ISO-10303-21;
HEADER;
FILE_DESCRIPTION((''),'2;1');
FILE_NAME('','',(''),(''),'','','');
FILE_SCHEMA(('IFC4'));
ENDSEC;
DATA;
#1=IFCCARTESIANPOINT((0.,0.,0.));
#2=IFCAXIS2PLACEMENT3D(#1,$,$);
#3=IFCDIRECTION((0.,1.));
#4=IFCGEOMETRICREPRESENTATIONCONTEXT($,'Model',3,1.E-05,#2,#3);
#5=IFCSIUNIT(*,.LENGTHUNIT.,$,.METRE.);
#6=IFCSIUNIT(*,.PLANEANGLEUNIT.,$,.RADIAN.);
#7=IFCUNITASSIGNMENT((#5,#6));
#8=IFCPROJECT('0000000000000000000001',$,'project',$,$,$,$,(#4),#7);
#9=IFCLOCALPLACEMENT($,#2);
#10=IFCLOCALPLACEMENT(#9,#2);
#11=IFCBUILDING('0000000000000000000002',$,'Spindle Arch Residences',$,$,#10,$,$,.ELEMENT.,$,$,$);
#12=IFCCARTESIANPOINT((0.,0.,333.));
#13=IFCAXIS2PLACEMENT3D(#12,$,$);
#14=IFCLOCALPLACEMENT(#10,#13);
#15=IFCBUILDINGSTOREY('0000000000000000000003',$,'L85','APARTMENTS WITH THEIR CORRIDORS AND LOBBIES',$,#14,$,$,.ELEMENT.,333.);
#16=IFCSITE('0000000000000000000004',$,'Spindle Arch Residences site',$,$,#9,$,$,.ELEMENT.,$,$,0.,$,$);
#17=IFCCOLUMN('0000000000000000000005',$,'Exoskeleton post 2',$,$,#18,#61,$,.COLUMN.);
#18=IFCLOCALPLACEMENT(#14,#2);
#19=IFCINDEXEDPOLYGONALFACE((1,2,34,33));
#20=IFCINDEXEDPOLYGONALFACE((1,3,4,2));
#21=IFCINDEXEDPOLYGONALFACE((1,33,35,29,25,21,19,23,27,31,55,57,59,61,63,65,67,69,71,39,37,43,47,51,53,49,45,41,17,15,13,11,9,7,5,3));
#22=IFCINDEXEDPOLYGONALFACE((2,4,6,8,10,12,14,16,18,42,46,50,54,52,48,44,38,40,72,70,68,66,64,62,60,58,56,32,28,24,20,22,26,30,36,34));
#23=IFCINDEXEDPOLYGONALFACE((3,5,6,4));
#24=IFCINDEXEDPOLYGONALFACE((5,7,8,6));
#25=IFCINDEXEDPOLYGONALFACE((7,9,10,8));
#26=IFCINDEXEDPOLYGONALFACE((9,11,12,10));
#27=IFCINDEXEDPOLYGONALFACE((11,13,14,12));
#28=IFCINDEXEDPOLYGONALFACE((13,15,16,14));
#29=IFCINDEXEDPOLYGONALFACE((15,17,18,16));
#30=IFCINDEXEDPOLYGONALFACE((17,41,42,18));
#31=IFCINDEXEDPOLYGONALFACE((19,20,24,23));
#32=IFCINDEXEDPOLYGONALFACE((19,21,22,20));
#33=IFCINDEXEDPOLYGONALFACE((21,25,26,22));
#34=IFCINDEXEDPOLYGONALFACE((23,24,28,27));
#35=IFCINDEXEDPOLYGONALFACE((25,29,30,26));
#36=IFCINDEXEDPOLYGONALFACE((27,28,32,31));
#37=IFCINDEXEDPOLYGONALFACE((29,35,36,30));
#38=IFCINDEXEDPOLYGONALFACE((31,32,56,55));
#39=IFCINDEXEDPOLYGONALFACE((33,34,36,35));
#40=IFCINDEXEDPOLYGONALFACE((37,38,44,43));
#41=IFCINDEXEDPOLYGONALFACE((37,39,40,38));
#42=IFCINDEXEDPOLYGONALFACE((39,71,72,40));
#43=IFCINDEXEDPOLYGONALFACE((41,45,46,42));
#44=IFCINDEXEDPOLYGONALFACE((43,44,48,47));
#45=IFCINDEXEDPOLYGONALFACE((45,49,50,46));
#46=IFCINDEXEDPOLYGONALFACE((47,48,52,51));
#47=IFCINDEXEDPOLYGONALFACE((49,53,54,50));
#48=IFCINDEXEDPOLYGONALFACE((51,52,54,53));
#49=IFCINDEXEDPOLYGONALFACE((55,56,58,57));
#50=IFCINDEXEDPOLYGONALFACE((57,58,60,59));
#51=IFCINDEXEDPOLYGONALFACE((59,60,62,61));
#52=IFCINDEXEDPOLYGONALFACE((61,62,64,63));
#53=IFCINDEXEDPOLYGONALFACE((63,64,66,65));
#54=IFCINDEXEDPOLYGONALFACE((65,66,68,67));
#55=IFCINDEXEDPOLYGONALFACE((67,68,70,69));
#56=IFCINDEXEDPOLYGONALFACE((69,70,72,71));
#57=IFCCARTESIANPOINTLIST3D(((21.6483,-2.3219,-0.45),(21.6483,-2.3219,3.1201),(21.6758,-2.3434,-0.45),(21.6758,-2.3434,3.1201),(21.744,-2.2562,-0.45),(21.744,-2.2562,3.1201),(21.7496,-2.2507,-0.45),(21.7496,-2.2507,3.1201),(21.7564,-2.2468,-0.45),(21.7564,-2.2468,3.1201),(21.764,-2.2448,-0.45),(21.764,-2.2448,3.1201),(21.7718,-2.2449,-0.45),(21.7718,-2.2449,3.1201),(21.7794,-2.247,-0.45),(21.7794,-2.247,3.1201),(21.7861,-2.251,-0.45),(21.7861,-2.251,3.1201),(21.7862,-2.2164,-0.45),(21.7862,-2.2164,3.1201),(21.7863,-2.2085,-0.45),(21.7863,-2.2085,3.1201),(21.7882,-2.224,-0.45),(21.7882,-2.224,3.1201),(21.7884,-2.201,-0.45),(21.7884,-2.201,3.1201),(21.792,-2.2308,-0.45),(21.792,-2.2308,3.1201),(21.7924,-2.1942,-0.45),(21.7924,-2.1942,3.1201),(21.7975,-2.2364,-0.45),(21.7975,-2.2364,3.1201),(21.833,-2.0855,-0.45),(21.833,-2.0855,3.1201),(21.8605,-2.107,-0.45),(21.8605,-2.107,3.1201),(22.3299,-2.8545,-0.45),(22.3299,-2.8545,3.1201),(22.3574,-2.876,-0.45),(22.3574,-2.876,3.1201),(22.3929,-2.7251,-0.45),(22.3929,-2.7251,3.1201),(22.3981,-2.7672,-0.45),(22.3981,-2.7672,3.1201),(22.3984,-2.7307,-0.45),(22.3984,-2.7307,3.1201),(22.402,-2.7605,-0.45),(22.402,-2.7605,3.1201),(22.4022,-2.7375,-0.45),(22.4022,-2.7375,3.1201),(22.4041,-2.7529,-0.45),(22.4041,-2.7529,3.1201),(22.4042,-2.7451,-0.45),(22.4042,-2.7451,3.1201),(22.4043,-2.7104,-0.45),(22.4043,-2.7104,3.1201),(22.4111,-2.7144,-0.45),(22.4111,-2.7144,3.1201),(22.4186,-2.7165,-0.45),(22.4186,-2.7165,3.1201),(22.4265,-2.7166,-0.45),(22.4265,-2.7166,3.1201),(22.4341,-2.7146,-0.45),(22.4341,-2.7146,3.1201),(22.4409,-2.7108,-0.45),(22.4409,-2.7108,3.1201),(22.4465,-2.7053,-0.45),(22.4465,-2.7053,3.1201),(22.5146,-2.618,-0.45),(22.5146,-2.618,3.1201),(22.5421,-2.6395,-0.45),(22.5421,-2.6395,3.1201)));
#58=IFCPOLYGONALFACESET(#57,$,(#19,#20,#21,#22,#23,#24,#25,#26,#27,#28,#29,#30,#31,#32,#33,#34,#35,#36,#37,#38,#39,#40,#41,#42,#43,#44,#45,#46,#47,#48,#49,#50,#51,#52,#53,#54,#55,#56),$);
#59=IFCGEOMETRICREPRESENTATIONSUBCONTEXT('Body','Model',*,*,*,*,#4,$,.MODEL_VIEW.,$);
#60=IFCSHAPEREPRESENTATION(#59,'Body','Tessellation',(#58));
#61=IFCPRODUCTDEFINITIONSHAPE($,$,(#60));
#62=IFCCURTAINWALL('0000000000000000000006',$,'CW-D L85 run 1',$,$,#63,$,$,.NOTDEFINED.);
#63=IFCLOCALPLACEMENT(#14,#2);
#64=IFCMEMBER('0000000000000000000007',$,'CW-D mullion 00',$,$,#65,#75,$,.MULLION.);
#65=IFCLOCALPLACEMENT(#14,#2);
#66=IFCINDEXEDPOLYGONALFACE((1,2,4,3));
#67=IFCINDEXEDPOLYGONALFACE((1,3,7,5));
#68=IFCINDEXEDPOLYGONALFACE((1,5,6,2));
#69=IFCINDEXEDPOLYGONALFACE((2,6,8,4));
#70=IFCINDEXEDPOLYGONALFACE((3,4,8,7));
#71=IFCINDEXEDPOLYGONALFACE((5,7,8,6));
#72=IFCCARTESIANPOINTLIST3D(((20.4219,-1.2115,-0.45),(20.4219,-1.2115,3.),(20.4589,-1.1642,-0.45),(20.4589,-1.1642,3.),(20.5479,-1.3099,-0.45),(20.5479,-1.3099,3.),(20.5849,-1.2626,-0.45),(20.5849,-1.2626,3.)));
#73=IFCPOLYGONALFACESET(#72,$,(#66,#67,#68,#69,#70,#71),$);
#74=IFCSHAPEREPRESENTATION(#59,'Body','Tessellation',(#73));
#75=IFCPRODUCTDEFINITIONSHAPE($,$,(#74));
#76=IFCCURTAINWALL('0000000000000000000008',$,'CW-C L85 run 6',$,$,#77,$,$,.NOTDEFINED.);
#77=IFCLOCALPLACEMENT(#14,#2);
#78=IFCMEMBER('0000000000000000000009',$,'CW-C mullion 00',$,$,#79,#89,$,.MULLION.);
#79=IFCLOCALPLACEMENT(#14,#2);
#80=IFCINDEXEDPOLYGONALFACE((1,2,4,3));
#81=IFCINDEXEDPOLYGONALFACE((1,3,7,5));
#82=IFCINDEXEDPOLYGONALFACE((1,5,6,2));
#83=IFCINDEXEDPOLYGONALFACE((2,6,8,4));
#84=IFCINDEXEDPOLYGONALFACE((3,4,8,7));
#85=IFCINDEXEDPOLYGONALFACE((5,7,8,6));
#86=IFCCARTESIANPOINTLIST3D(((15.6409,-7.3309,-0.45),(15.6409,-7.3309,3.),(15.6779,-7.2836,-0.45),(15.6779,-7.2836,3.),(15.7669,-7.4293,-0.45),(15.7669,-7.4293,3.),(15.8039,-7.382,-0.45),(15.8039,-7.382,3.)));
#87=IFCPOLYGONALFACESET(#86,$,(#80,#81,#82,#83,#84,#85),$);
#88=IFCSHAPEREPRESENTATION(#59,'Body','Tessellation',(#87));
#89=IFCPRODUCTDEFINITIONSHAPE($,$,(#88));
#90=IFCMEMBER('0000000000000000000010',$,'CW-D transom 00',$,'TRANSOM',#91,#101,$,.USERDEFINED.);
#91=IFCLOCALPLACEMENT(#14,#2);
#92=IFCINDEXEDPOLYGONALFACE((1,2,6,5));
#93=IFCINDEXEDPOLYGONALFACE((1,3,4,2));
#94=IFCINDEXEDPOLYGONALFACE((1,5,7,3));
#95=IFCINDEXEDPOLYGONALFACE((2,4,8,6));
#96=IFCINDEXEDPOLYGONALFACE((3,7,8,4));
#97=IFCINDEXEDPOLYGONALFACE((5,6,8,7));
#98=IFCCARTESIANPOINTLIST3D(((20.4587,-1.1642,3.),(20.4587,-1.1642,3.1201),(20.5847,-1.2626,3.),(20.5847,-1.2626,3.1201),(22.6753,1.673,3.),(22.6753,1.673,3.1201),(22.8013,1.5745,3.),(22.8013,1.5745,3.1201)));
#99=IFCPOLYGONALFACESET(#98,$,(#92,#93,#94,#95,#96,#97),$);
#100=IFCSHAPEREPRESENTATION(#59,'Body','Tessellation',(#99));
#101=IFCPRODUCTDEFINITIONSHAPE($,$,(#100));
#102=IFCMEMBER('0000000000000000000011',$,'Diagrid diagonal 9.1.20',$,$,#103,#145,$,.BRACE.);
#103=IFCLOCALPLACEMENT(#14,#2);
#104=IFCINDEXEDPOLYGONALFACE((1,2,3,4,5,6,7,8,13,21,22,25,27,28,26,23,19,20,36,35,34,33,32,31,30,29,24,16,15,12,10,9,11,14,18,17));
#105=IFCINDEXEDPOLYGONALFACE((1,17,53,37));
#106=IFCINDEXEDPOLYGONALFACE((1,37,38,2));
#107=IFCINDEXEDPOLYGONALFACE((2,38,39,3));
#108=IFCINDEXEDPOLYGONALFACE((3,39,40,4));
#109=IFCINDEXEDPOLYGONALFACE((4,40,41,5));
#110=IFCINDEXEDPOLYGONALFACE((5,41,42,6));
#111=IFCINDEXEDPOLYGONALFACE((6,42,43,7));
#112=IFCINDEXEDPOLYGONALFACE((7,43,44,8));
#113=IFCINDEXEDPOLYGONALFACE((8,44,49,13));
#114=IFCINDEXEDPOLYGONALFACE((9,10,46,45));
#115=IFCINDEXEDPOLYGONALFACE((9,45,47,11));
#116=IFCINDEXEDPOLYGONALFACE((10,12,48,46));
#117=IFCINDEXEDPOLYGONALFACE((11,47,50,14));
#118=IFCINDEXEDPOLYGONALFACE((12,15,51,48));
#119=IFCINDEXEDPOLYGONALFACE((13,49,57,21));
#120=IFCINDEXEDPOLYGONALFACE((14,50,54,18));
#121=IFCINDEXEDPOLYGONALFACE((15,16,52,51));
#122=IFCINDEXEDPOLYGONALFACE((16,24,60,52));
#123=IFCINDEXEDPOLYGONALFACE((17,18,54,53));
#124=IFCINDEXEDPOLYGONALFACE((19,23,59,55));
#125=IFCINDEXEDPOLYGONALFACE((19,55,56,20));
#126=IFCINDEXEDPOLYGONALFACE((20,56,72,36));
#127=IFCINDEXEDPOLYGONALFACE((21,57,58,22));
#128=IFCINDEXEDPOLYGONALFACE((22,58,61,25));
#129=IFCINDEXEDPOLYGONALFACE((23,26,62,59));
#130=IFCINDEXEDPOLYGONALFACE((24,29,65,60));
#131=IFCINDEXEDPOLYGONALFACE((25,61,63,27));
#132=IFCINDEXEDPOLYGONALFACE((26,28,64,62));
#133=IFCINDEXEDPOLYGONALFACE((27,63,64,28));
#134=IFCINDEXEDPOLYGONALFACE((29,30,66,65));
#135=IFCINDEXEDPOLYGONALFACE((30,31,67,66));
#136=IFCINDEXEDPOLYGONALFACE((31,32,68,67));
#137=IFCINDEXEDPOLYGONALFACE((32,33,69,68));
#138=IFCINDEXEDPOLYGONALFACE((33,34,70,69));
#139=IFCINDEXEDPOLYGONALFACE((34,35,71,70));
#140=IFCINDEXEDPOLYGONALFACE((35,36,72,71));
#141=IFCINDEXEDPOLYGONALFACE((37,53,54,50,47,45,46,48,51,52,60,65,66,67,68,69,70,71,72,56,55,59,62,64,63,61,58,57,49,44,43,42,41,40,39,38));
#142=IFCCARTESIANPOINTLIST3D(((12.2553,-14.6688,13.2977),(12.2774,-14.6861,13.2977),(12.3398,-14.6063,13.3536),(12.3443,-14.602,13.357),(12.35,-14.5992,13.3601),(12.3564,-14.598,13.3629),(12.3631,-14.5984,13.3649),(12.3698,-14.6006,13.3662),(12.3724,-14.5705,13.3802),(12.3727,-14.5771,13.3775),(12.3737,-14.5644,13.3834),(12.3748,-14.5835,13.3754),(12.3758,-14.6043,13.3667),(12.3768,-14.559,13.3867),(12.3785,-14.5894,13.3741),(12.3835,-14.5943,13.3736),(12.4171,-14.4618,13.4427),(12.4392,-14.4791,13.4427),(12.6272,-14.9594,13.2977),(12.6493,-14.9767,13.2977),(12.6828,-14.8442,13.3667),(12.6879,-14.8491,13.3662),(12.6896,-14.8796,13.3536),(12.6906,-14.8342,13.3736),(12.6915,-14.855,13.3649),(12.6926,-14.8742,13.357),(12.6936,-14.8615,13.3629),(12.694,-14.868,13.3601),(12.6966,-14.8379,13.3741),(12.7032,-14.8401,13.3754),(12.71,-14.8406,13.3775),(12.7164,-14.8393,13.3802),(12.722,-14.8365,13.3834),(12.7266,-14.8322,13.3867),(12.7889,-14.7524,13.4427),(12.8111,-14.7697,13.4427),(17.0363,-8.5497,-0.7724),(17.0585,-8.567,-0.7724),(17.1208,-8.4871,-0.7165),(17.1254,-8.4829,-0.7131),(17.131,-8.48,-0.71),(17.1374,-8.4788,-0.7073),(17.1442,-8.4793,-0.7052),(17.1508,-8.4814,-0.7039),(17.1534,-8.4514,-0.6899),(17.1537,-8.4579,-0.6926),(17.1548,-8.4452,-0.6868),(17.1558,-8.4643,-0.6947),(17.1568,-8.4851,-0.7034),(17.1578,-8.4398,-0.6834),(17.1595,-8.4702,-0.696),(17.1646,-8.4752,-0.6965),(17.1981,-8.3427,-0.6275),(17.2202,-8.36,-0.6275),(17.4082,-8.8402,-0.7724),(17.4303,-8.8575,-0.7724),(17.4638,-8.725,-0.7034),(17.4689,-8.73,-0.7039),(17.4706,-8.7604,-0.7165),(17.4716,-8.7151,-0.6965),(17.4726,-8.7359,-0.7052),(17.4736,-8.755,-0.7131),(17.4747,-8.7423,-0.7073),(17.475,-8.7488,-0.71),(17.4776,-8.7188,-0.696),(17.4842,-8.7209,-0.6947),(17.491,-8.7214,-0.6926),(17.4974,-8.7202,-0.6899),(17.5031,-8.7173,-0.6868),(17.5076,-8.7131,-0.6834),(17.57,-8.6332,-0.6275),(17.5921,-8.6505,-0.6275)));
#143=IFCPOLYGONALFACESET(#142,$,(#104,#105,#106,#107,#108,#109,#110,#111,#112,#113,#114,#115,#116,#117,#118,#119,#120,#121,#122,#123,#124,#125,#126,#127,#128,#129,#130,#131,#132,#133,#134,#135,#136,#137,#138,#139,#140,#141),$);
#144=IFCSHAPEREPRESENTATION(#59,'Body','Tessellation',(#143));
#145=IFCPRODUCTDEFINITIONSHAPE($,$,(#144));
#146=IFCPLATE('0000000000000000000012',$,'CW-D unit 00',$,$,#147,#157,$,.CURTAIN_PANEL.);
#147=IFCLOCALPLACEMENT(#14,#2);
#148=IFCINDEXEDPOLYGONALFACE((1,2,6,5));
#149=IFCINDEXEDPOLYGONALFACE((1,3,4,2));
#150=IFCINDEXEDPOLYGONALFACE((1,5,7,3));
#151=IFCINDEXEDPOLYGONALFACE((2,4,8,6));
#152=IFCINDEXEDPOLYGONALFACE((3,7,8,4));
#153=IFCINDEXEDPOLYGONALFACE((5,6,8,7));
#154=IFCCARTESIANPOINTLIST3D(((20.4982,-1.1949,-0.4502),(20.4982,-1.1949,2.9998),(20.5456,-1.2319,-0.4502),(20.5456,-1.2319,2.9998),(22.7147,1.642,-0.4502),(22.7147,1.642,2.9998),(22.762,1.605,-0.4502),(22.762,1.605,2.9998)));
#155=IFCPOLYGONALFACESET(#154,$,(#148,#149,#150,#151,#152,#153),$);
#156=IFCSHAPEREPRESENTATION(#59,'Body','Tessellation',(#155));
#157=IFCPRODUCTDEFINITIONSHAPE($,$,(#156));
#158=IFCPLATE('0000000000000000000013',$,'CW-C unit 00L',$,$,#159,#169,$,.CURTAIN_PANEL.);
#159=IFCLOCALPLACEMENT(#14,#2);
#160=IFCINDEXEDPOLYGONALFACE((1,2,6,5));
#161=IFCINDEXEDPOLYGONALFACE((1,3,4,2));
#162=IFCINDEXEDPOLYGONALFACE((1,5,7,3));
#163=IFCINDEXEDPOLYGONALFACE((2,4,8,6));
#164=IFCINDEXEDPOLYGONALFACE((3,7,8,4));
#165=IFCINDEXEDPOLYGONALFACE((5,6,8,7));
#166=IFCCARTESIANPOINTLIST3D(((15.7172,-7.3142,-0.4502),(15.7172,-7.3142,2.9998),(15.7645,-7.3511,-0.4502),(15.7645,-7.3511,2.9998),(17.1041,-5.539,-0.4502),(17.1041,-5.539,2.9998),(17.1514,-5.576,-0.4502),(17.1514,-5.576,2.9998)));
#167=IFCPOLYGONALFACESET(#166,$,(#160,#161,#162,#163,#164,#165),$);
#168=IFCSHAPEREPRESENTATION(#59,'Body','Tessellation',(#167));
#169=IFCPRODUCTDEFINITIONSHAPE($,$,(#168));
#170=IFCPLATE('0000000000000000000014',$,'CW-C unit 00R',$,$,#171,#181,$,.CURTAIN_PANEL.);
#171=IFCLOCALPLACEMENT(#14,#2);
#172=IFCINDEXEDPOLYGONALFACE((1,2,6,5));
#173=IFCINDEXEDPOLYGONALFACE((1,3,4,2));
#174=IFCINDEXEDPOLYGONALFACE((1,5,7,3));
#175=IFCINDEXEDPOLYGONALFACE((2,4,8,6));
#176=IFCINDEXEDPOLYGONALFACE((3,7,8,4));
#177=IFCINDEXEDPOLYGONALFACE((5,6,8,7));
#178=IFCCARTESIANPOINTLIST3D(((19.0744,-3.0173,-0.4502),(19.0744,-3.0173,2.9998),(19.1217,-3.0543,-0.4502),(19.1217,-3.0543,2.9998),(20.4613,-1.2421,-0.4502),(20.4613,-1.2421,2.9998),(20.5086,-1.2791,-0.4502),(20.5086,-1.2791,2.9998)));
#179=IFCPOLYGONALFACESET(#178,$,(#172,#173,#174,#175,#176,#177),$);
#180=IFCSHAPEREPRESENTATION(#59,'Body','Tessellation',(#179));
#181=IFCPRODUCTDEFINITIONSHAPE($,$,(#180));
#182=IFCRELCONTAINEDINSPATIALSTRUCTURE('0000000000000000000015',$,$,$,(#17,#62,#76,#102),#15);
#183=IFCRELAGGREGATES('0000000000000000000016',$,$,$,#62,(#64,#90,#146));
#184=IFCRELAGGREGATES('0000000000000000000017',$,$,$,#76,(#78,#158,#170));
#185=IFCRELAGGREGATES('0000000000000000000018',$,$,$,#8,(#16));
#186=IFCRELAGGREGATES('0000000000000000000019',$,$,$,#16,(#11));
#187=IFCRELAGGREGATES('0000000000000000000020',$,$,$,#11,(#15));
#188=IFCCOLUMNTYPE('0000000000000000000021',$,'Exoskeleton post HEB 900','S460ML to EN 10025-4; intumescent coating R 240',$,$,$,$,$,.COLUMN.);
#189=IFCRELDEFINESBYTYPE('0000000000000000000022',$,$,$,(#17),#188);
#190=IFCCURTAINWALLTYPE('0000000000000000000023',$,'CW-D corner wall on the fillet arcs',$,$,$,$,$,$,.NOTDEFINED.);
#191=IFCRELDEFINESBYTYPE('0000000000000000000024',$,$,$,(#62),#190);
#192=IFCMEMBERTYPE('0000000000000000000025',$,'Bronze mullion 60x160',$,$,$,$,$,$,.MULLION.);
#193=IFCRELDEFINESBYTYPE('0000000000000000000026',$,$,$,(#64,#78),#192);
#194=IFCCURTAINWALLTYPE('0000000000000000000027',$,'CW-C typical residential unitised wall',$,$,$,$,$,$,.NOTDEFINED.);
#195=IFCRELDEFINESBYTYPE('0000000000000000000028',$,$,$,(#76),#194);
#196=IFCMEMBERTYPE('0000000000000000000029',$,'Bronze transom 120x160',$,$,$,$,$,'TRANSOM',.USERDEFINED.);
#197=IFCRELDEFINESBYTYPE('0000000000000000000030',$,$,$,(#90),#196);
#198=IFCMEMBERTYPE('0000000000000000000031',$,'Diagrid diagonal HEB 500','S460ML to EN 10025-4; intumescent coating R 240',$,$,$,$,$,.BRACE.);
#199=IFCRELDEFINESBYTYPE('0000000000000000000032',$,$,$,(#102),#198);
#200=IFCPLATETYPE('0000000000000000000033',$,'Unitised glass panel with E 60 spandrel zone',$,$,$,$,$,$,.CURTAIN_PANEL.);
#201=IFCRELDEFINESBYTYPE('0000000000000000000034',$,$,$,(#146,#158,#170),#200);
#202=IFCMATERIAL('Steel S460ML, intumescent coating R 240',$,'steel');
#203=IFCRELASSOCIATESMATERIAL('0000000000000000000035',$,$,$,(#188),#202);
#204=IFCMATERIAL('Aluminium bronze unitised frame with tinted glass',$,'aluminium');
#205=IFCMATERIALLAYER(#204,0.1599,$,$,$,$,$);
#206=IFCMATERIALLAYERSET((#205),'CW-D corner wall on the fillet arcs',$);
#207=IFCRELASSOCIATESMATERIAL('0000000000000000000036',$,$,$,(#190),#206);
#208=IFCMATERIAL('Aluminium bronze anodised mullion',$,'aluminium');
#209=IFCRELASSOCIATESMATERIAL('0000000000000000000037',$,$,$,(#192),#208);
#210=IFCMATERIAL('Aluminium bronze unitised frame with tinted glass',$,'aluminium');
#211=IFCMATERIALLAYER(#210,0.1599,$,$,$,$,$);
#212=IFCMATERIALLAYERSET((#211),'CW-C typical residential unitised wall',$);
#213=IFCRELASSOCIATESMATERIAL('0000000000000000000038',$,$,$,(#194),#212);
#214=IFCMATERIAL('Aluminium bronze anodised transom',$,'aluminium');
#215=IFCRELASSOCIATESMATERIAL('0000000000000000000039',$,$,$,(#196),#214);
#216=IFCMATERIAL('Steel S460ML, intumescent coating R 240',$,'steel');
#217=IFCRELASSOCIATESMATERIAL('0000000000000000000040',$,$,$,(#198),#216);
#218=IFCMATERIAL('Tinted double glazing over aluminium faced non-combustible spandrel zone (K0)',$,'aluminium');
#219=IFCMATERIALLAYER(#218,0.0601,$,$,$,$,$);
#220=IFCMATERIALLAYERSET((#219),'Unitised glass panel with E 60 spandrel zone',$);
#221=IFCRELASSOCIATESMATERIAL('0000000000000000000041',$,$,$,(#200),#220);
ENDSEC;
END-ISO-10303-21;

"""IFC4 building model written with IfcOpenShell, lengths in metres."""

from ifc_helpers import new_model, si_unit, direction, frame, origin, origin_2d, place, context, subcontext, project, spatial, rectangle, i_section, extrude, material, layer, layer_set, material_profile, profile_set, type_object, element, aggregate, save


model = new_model("IFC4")

# Units and contexts
model_context = context("Model", 3, precision=1e-05, world=origin(), true_north=direction((0.0, 1.0)))
body_context = subcontext(model_context, "Body", "Model", "MODEL_VIEW")
ifc_project = project(units=[si_unit("LENGTHUNIT", "METRE"), si_unit("PLANEANGLEUNIT", "RADIAN")], contexts=[model_context])

# Site, building, storey
site_placement = place(None, origin())
site = spatial("IfcSite", under=ifc_project, at=site_placement, Name="Spindle Arch Residences site", CompositionType="ELEMENT", RefElevation=0.0)
building_placement = place(site_placement, origin())
building = spatial("IfcBuilding", under=site, at=building_placement, Name="Spindle Arch Residences", CompositionType="ELEMENT")
storey_placement = place(building_placement, frame((0.0, 0.0, 333.0)))
storey = spatial("IfcBuildingStorey", under=building, at=storey_placement, Name="L85", Description="APARTMENTS WITH THEIR CORRIDORS AND LOBBIES", CompositionType="ELEMENT", Elevation=333.0)

# Column
ifc_material_1 = material(Name="Steel S460ML, intumescent coating R 240", Category="steel")
ifc_material_profile_1 = material_profile(ifc_material_1, i_section(OverallWidth=0.3, OverallDepth=0.8999, WebThickness=0.0186, FlangeThickness=0.0349, FilletRadius=0.03, at=origin_2d()), Name="HEB 900")
ifc_profile_set_1 = profile_set([ifc_material_profile_1], Name="Steel S460ML, intumescent coating R 240")
column_type = type_object("IfcColumnType", Name="Exoskeleton post HEB 900", Description="S460ML to EN 10025-4; intumescent coating R 240", PredefinedType="COLUMN", material=ifc_profile_set_1)
column_placement = place(storey_placement, frame((22.0952, -2.4807, -0.45), z_axis=(0.0, 0.0, 1.0), x_axis=(-0.615661, -0.788011, 0.0)))
element("IfcColumn", 1, at=column_placement, inside=storey, type_object=column_type, Name="Exoskeleton post 2", PredefinedType="COLUMN", context=body_context, shape_type="SweptSolid", body=[
    extrude(i_section(OverallWidth=0.3, OverallDepth=0.8999, WebThickness=0.0186, FlangeThickness=0.0349, FilletRadius=0.03, at=origin_2d()), origin(), (0.0, 0.0, 1.0), 3.5701),
])

# Curtain walls, members
ifc_material_2 = material(Name="Aluminium bronze unitised frame with tinted glass", Category="aluminium")
ifc_layer_1 = layer(ifc_material_2, 0.1599)
ifc_layer_set_1 = layer_set([ifc_layer_1], Name="CW-D corner wall on the fillet arcs")
curtain_wall_type_1 = type_object("IfcCurtainWallType", Name="CW-D corner wall on the fillet arcs", PredefinedType="NOTDEFINED", material=ifc_layer_set_1)
curtain_wall_1_placement = place(storey_placement, origin())
curtain_wall_1 = element("IfcCurtainWall", 2, at=curtain_wall_1_placement, inside=storey, type_object=curtain_wall_type_1, Name="CW-D L85 run 1", PredefinedType="NOTDEFINED")
ifc_material_3 = material(Name="Aluminium bronze anodised mullion", Category="aluminium")
ifc_material_profile_2 = material_profile(ifc_material_3, rectangle(XDim=0.1599, YDim=0.0601, at=origin_2d()), Name="MU 60x160")
ifc_profile_set_2 = profile_set([ifc_material_profile_2], Name="Aluminium bronze anodised mullion")
member_type_1 = type_object("IfcMemberType", Name="Bronze mullion 60x160", PredefinedType="MULLION", material=ifc_profile_set_2)
member_1_placement = place(storey_placement, frame((20.5034, -1.2371, -0.45), z_axis=(0.0, 0.0, 1.0), x_axis=(-0.788011, 0.615661, 0.0)))
member_1 = element("IfcMember", 3, at=member_1_placement, type_object=member_type_1, Name="CW-D mullion 00", PredefinedType="MULLION", context=body_context, shape_type="SweptSolid", body=[
    extrude(rectangle(XDim=0.1599, YDim=0.0601, at=origin_2d()), origin(), (0.0, 0.0, 1.0), 3.45),
])
ifc_material_4 = material(Name="Aluminium bronze unitised frame with tinted glass", Category="aluminium")
ifc_layer_2 = layer(ifc_material_4, 0.1599)
ifc_layer_set_2 = layer_set([ifc_layer_2], Name="CW-C typical residential unitised wall")
curtain_wall_type_2 = type_object("IfcCurtainWallType", Name="CW-C typical residential unitised wall", PredefinedType="NOTDEFINED", material=ifc_layer_set_2)
curtain_wall_2_placement = place(storey_placement, origin())
curtain_wall_2 = element("IfcCurtainWall", 4, at=curtain_wall_2_placement, inside=storey, type_object=curtain_wall_type_2, Name="CW-C L85 run 6", PredefinedType="NOTDEFINED")
member_2_placement = place(storey_placement, frame((15.7224, -7.3564, -0.45), z_axis=(0.0, 0.0, 1.0), x_axis=(-0.788011, 0.615661, 0.0)))
member_2 = element("IfcMember", 5, at=member_2_placement, type_object=member_type_1, Name="CW-C mullion 00", PredefinedType="MULLION", context=body_context, shape_type="SweptSolid", body=[
    extrude(rectangle(XDim=0.1599, YDim=0.0601, at=origin_2d()), origin(), (0.0, 0.0, 1.0), 3.45),
])

# Members
ifc_material_5 = material(Name="Aluminium bronze anodised transom", Category="aluminium")
ifc_material_profile_3 = material_profile(ifc_material_5, rectangle(XDim=0.1599, YDim=0.1201, at=origin_2d()), Name="TR 120x160")
ifc_profile_set_3 = profile_set([ifc_material_profile_3], Name="Aluminium bronze anodised transom")
member_type_2 = type_object("IfcMemberType", Name="Bronze transom 120x160", ElementType="TRANSOM", PredefinedType="USERDEFINED", material=ifc_profile_set_3)
member_3_placement = place(storey_placement, frame((20.5217, -1.2134, 3.0601), z_axis=(0.615648, 0.788021, 0.0), x_axis=(-0.788021, 0.615648, 0.0)))
member_3 = element("IfcMember", 6, at=member_3_placement, type_object=member_type_2, Name="CW-D transom 00", ObjectType="TRANSOM", PredefinedType="USERDEFINED", context=body_context, shape_type="SweptSolid", body=[
    extrude(rectangle(XDim=0.1599, YDim=0.1201, at=origin_2d()), origin(), (0.0, 0.0, 1.0), 3.6003),
])
ifc_material_6 = material(Name="Steel S460ML, intumescent coating R 240", Category="steel")
ifc_material_profile_4 = material_profile(ifc_material_6, i_section(OverallWidth=0.3, OverallDepth=0.5, WebThickness=0.0144, FlangeThickness=0.0281, FilletRadius=0.0271, at=origin_2d()), Name="HEB 500")
ifc_profile_set_4 = profile_set([ifc_material_profile_4], Name="Steel S460ML, intumescent coating R 240")
member_type_3 = type_object("IfcMemberType", Name="Diagrid diagonal HEB 500", Description="S460ML to EN 10025-4; intumescent coating R 240", PredefinedType="BRACE", material=ifc_profile_set_4)
member_4_placement = place(storey_placement, frame((17.3142, -8.6001, -0.7), z_axis=(-0.297498, -0.380763, 0.875508), x_axis=(0.539031, 0.689899, 0.483203)))
element("IfcMember", 7, at=member_4_placement, inside=storey, type_object=member_type_3, Name="Diagrid diagonal 9.1.20", PredefinedType="BRACE", context=body_context, shape_type="SweptSolid", body=[
    extrude(i_section(OverallWidth=0.3, OverallDepth=0.5, WebThickness=0.0144, FlangeThickness=0.0281, FilletRadius=0.0271, at=origin_2d()), origin(), (0.0, 0.0, 1.0), 16.0708),
])

# Plates
ifc_material_7 = material(Name="Tinted double glazing over aluminium faced non-combustible spandrel zone (K0)", Category="aluminium")
ifc_layer_3 = layer(ifc_material_7, 0.0601)
ifc_layer_set_3 = layer_set([ifc_layer_3], Name="Unitised glass panel with E 60 spandrel zone")
plate_type = type_object("IfcPlateType", Name="Unitised glass panel with E 60 spandrel zone", PredefinedType="CURTAIN_PANEL", material=ifc_layer_set_3)
plate_1_placement = place(storey_placement, frame((21.6301, 0.2051, -0.4502), z_axis=(0.0, 0.0, 1.0), x_axis=(0.615661, 0.788011, 0.0)))
plate_1 = element("IfcPlate", 8, at=plate_1_placement, type_object=plate_type, Name="CW-D unit 00", PredefinedType="CURTAIN_PANEL", context=body_context, shape_type="SweptSolid", body=[
    extrude(rectangle(XDim=3.6001, YDim=0.0601, at=origin_2d()), origin(), (0.0, 0.0, 1.0), 3.45),
])
aggregate(curtain_wall_1, [member_1, member_3, plate_1])
plate_2_placement = place(storey_placement, frame((16.4343, -6.4451, -0.4502), z_axis=(0.0, 0.0, 1.0), x_axis=(0.615661, 0.788011, 0.0)))
plate_2 = element("IfcPlate", 9, at=plate_2_placement, type_object=plate_type, Name="CW-C unit 00L", PredefinedType="CURTAIN_PANEL", context=body_context, shape_type="SweptSolid", body=[
    extrude(rectangle(XDim=2.2527, YDim=0.0601, at=origin_2d()), origin(), (0.0, 0.0, 1.0), 3.45),
])
plate_3_placement = place(storey_placement, frame((19.7915, -2.1482, -0.4502), z_axis=(0.0, 0.0, 1.0), x_axis=(0.615661, 0.788011, 0.0)))
plate_3 = element("IfcPlate", 10, at=plate_3_placement, type_object=plate_type, Name="CW-C unit 00R", PredefinedType="CURTAIN_PANEL", context=body_context, shape_type="SweptSolid", body=[
    extrude(rectangle(XDim=2.2527, YDim=0.0601, at=origin_2d()), origin(), (0.0, 0.0, 1.0), 3.45),
])
aggregate(curtain_wall_2, [member_2, plate_2, plate_3])

save(model, "model.ifc")
